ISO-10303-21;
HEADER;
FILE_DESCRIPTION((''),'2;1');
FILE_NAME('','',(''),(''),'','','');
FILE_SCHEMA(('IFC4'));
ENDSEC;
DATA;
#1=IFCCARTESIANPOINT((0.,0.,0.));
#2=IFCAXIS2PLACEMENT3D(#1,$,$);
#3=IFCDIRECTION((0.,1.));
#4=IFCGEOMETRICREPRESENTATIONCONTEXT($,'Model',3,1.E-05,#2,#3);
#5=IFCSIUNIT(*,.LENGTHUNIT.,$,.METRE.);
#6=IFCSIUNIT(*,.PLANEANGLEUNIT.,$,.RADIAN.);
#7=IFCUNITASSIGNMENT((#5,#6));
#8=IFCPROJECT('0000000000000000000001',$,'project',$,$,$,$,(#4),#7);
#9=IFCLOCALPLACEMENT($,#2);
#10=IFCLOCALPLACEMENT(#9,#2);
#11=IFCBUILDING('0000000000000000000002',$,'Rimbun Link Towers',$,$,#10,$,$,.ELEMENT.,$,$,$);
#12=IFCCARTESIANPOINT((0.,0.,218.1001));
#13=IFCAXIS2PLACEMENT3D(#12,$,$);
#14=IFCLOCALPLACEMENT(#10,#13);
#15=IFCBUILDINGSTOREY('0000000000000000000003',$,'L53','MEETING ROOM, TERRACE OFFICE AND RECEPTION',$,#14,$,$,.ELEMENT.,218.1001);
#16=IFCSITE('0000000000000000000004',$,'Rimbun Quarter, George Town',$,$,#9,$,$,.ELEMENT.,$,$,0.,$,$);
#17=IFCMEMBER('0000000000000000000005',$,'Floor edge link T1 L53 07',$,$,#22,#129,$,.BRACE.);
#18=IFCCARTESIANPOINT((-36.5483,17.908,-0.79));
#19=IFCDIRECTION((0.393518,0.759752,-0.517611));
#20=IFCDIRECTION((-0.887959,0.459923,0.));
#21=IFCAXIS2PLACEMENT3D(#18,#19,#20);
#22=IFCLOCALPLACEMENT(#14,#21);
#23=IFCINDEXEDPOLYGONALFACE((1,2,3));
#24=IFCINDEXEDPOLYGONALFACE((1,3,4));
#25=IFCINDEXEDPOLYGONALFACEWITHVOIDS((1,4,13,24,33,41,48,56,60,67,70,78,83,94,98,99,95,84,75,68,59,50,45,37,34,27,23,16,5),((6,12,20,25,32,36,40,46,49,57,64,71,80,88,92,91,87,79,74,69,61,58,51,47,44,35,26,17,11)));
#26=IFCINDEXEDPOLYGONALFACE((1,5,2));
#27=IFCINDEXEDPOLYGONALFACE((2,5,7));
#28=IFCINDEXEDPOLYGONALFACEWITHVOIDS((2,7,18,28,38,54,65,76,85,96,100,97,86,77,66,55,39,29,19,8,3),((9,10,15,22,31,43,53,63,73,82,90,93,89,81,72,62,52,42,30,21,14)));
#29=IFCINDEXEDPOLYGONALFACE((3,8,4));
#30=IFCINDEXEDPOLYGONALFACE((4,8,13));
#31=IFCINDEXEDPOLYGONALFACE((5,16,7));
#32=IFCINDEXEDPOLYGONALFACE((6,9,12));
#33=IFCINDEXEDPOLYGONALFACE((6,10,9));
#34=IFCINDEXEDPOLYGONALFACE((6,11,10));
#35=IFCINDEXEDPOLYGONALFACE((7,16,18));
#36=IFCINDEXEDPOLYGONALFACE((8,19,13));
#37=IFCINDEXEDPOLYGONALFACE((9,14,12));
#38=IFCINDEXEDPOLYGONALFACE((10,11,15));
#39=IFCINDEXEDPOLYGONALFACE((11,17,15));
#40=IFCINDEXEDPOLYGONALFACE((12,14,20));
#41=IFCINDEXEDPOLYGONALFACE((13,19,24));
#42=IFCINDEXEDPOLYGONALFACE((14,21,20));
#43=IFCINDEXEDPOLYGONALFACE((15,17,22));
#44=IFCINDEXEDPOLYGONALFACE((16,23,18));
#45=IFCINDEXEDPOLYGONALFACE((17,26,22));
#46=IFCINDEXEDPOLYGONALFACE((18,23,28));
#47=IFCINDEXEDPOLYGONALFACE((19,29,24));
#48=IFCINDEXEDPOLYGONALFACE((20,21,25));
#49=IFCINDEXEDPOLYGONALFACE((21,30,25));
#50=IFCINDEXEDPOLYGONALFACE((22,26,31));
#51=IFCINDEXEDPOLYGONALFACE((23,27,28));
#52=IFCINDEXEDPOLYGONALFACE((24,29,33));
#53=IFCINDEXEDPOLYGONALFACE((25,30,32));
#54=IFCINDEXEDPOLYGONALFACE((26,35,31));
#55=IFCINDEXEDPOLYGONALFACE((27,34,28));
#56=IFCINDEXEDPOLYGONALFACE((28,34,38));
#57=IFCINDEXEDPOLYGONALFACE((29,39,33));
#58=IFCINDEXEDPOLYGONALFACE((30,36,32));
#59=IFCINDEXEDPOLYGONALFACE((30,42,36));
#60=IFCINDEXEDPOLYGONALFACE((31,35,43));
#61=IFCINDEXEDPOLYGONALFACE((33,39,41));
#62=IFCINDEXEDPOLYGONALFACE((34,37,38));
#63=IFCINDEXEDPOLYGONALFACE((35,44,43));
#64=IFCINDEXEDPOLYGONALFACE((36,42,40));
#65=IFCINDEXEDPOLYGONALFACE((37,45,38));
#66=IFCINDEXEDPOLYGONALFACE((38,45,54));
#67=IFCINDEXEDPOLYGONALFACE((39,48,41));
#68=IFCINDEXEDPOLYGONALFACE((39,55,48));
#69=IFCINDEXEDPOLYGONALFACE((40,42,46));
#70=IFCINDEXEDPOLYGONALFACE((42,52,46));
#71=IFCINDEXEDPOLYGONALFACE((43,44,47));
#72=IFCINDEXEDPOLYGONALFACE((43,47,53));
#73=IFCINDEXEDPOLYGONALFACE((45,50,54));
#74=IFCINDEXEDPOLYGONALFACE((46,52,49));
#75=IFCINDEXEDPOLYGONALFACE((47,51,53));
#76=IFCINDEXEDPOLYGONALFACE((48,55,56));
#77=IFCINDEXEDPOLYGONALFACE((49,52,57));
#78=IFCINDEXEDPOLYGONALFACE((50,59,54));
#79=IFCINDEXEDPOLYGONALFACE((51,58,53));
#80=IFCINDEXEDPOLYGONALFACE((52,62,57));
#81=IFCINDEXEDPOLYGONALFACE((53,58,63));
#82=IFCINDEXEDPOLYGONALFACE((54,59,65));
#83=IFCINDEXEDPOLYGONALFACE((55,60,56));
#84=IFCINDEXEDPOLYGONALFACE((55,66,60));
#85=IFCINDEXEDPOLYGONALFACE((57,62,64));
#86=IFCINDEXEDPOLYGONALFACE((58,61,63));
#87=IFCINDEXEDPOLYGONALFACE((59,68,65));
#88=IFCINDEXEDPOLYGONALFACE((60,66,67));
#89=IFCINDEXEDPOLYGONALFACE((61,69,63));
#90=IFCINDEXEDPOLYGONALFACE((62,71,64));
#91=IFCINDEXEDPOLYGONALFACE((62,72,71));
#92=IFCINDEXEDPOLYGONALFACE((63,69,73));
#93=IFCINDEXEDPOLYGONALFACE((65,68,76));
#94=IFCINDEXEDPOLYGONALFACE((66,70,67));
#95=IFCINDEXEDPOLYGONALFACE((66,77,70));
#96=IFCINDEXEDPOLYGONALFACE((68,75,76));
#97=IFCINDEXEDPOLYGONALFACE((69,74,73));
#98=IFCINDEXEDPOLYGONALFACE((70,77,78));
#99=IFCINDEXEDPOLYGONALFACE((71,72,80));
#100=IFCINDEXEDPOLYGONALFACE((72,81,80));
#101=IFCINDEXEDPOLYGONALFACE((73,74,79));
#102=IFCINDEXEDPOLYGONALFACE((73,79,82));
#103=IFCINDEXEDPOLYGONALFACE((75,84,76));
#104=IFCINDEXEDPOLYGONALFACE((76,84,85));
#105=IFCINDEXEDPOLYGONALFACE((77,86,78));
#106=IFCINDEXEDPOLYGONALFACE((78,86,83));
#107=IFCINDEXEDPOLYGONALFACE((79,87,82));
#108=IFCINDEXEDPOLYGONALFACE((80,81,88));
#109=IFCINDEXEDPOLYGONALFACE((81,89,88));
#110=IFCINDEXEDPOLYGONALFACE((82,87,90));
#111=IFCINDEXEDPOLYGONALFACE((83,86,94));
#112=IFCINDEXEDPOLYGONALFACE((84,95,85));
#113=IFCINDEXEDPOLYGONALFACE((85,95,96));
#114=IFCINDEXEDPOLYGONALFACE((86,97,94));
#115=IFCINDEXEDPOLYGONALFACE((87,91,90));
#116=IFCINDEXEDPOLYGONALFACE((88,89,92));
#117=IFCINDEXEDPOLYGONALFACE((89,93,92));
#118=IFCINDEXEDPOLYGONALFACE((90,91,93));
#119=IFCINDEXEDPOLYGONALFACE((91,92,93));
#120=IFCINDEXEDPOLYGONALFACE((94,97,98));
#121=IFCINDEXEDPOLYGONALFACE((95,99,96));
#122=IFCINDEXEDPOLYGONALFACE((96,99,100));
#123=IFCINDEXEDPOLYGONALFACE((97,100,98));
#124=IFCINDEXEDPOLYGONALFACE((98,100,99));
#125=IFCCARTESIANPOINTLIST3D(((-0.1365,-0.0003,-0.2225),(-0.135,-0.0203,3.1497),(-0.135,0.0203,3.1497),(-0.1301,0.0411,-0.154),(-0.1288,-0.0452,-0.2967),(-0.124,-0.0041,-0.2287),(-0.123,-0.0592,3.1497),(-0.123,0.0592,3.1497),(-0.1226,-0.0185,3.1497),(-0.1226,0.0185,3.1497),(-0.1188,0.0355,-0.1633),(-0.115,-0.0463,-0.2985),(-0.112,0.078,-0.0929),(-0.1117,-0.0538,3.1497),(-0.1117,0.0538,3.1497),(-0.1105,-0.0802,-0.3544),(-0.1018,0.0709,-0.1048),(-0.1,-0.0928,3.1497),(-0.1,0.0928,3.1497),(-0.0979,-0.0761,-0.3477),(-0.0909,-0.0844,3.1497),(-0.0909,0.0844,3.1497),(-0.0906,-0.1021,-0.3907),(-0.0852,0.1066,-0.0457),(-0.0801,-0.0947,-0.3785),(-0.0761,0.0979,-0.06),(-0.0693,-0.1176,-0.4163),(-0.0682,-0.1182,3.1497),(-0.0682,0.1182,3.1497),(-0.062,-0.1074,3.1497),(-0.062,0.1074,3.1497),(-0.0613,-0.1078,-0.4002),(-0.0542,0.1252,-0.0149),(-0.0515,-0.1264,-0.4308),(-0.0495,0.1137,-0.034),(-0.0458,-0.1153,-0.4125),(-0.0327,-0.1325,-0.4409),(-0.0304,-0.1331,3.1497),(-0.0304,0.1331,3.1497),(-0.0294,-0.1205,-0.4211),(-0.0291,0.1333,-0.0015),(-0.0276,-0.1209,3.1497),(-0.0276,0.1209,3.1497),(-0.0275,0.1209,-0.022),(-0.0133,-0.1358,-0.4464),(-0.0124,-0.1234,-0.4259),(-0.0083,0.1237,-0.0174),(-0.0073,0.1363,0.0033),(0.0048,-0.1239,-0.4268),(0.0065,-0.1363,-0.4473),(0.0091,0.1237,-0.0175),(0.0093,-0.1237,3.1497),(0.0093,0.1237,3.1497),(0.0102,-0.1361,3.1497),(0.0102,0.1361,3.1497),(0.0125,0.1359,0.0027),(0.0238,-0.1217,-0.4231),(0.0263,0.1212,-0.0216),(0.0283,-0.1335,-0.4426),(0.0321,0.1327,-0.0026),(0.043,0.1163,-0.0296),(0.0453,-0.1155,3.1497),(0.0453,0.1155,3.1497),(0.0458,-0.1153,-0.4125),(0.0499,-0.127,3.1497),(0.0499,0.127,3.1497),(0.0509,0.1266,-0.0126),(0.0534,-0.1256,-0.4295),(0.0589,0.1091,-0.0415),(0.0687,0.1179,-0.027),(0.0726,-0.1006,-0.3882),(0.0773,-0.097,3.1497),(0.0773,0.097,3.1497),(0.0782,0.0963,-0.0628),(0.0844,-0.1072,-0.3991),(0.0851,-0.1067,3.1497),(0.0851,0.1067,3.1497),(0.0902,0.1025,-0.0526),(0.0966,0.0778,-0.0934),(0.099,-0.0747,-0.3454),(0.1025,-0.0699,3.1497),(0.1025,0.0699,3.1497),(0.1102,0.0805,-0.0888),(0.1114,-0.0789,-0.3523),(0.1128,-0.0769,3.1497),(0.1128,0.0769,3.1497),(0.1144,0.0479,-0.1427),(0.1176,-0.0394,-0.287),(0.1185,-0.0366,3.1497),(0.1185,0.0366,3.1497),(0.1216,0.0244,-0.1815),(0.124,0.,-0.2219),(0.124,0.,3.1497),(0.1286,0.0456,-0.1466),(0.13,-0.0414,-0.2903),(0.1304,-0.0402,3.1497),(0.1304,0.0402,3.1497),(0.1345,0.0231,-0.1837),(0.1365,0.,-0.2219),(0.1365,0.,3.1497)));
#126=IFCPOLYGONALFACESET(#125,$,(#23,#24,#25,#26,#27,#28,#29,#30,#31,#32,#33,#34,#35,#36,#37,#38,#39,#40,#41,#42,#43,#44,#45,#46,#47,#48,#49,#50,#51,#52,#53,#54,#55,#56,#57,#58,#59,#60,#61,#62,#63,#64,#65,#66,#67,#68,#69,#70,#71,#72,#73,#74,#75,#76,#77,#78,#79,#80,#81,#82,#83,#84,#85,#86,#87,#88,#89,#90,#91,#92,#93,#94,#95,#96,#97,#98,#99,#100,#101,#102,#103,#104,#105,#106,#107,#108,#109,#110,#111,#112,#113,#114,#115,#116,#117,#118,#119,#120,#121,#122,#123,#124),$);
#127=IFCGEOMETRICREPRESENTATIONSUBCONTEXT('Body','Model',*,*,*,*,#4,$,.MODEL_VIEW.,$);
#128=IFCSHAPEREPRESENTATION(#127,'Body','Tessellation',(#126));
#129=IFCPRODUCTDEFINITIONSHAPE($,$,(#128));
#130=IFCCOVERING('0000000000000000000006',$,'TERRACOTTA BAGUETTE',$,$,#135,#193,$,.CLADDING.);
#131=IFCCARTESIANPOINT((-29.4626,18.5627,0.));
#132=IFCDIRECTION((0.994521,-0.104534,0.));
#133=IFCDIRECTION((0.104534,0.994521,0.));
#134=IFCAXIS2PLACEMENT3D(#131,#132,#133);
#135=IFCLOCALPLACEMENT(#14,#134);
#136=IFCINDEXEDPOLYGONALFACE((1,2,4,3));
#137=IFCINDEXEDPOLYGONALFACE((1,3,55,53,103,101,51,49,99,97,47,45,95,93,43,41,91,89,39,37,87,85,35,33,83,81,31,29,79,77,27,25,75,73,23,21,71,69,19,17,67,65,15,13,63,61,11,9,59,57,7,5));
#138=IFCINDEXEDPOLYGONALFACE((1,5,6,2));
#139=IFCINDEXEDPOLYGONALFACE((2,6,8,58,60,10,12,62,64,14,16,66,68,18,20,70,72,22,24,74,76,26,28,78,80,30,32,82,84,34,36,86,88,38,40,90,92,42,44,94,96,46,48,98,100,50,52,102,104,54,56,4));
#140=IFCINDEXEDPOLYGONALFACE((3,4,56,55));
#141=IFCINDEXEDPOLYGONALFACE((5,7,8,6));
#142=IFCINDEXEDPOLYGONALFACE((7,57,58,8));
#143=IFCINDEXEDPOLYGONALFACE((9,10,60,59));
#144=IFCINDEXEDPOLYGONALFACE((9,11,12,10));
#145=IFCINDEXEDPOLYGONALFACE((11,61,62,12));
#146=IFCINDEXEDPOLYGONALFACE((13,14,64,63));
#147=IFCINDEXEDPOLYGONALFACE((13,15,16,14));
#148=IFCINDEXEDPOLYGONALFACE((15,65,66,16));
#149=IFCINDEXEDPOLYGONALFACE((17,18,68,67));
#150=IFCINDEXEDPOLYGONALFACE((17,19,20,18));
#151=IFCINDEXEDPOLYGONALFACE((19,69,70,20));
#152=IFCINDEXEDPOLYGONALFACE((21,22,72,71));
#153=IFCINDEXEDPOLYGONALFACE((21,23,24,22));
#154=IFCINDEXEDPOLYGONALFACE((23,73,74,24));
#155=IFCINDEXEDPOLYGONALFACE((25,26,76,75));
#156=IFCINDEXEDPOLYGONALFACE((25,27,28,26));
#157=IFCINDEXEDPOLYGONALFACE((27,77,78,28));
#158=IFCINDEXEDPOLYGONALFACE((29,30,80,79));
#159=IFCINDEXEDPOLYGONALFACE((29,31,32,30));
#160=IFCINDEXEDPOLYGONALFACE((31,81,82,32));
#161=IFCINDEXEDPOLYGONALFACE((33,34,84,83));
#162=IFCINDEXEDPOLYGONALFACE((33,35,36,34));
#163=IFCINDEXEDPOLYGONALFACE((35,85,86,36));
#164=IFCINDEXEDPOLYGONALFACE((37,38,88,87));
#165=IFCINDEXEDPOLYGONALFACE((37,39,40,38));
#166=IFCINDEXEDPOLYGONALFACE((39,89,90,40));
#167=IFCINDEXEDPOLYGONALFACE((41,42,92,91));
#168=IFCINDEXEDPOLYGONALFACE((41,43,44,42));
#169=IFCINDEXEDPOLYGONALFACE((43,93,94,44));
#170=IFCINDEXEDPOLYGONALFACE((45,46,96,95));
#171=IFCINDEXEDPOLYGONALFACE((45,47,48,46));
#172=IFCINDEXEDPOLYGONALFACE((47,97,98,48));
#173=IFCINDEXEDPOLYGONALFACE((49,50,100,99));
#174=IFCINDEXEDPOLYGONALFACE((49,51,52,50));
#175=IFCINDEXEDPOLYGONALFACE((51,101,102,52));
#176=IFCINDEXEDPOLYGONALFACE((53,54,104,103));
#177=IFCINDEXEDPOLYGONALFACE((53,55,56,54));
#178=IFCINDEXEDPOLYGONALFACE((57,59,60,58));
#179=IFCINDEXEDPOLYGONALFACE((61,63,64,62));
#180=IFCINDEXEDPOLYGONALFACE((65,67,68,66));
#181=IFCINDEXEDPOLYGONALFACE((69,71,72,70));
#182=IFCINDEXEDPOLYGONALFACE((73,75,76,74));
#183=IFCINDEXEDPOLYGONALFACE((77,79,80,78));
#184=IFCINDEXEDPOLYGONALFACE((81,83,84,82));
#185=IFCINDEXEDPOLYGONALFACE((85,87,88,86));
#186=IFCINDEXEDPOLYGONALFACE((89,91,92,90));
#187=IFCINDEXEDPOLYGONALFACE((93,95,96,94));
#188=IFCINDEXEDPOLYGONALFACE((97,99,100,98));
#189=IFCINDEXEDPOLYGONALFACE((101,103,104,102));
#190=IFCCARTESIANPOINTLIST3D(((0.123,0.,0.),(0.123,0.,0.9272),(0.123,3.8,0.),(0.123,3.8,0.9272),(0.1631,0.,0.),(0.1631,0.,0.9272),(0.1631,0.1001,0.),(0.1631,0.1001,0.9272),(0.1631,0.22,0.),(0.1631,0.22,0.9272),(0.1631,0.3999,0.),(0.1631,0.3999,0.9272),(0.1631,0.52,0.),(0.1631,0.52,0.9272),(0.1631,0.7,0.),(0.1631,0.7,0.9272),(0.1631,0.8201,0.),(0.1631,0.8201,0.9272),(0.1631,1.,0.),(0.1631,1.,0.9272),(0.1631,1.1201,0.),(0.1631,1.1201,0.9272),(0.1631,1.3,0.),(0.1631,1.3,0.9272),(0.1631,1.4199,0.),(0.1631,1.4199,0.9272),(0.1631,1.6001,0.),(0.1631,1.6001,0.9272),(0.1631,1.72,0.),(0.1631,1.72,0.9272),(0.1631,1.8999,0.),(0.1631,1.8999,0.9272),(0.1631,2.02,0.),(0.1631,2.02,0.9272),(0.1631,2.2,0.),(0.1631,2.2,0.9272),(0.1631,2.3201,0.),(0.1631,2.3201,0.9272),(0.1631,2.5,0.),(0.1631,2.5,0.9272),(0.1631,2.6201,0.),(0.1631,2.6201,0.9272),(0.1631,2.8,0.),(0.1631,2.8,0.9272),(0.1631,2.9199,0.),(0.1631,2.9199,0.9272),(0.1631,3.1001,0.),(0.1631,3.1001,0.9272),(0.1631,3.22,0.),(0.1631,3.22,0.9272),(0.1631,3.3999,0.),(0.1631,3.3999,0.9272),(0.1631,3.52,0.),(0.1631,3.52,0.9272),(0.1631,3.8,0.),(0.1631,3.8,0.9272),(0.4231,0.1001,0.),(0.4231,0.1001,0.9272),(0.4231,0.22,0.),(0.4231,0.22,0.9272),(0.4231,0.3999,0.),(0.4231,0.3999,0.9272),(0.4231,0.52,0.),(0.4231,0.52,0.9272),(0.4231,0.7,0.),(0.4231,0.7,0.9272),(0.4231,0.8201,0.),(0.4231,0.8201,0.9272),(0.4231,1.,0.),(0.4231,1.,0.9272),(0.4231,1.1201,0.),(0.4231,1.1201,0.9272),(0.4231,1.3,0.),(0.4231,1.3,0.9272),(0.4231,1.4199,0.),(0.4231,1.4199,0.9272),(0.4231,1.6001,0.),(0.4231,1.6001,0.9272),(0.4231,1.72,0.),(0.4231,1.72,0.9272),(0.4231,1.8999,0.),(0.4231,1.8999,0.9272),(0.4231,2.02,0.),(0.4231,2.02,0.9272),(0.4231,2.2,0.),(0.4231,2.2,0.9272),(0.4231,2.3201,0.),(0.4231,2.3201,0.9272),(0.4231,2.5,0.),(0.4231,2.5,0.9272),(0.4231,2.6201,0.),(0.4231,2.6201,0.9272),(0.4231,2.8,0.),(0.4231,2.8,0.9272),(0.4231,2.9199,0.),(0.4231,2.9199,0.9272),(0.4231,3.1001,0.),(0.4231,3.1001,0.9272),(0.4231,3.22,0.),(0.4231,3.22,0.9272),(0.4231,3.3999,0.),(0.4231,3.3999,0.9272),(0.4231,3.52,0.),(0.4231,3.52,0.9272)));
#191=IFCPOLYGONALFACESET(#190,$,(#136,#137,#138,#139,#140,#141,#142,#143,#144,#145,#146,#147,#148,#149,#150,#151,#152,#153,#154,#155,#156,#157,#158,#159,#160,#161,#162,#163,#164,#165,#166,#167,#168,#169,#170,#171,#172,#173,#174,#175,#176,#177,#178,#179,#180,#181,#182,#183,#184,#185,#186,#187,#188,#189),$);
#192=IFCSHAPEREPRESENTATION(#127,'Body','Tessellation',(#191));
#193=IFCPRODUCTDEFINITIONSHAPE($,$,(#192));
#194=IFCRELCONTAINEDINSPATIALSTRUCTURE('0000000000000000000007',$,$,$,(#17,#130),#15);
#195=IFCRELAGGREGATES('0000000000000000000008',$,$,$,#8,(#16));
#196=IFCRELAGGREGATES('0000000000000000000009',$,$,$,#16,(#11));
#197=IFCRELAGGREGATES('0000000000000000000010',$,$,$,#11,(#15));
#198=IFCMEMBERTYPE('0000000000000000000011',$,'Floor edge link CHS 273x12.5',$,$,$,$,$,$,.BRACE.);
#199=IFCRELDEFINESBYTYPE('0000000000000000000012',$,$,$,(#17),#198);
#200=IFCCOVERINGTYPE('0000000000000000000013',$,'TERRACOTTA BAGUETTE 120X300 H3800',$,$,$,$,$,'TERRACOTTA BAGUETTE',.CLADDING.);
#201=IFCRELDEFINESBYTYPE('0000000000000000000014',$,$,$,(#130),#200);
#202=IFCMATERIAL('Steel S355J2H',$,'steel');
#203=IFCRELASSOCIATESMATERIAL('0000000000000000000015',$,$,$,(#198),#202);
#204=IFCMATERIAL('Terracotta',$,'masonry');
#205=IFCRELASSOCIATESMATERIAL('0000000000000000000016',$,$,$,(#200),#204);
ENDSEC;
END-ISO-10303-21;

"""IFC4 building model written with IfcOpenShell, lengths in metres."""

from ifc_helpers import new_model, si_unit, direction, frame, origin, origin_2d, place, context, subcontext, project, spatial, polyline, hollow_circle, outline, extrude, clip, halfspace, material, material_profile, profile_set, type_object, element, save


model = new_model("IFC4")

# Units and contexts
model_context = context("Model", 3, precision=1e-05, world=origin(), true_north=direction((0.0, 1.0)))
body_context = subcontext(model_context, "Body", "Model", "MODEL_VIEW")
ifc_project = project(units=[si_unit("LENGTHUNIT", "METRE"), si_unit("PLANEANGLEUNIT", "RADIAN")], contexts=[model_context])

# Site, building, storey
site_placement = place(None, origin())
site = spatial("IfcSite", under=ifc_project, at=site_placement, Name="Rimbun Quarter, George Town", CompositionType="ELEMENT", RefElevation=0.0)
building_placement = place(site_placement, origin())
building = spatial("IfcBuilding", under=site, at=building_placement, Name="Rimbun Link Towers", CompositionType="ELEMENT")
storey_placement = place(building_placement, frame((0.0, 0.0, 218.1001)))
storey = spatial("IfcBuildingStorey", under=building, at=storey_placement, Name="L53", Description="MEETING ROOM, TERRACE OFFICE AND RECEPTION", CompositionType="ELEMENT", Elevation=218.1001)

# Member
ifc_material_1 = material(Name="Steel S355J2H", Category="steel")
ifc_material_profile_1 = material_profile(ifc_material_1, hollow_circle(Radius=0.1365, WallThickness=0.0125, at=origin_2d()), Name="CHS 273x12.5")
ifc_profile_set_1 = profile_set([ifc_material_profile_1], Name="Steel S355J2H")
member_type_1 = type_object("IfcMemberType", Name="Floor edge link CHS 273x12.5", PredefinedType="BRACE", material=ifc_profile_set_1)
member_1_placement = place(storey_placement, frame((-36.5483, 17.908, -0.79), z_axis=(0.393518, 0.759752, -0.517611), x_axis=(-0.887959, 0.459923, 0.0)))
element("IfcMember", 1, at=member_1_placement, inside=storey, type_object=member_type_1, Name="Floor edge link T1 L53 07", PredefinedType="BRACE", context=body_context, shape_type="Clipping", body=[
    clip(extrude(hollow_circle(Radius=0.1365, WallThickness=0.0125, at=origin_2d()), frame((0.0, 0.0, -0.4707)), (0.0, 0.0, 1.0), 3.6204), halfspace(frame((0.0, 0.0, -0.2219), z_axis=(0.0, 0.855616, -0.517611)), False)),
])

# Covering
ifc_material_2 = material(Name="Terracotta", Category="masonry")
ifc_material_profile_2 = material_profile(ifc_material_2, outline(polyline([(0.123, 0.0), (0.1631, 0.0), (0.1631, 0.1001), (0.4231, 0.1001), (0.4231, 0.22), (0.1631, 0.22), (0.1631, 0.3999), (0.4231, 0.3999), (0.4231, 0.52), (0.1631, 0.52), (0.1631, 0.7), (0.4231, 0.7), (0.4231, 0.8201), (0.1631, 0.8201), (0.1631, 1.0), (0.4231, 1.0), (0.4231, 1.1201), (0.1631, 1.1201), (0.1631, 1.3), (0.4231, 1.3), (0.4231, 1.4199), (0.1631, 1.4199), (0.1631, 1.6001), (0.4231, 1.6001), (0.4231, 1.72), (0.1631, 1.72), (0.1631, 1.8999), (0.4231, 1.8999), (0.4231, 2.02), (0.1631, 2.02), (0.1631, 2.2), (0.4231, 2.2), (0.4231, 2.3201), (0.1631, 2.3201), (0.1631, 2.5), (0.4231, 2.5), (0.4231, 2.6201), (0.1631, 2.6201), (0.1631, 2.8), (0.4231, 2.8), (0.4231, 2.9199), (0.1631, 2.9199), (0.1631, 3.1001), (0.4231, 3.1001), (0.4231, 3.22), (0.1631, 3.22), (0.1631, 3.3999), (0.4231, 3.3999), (0.4231, 3.52), (0.1631, 3.52), (0.1631, 3.8), (0.123, 3.8), (0.123, 0.0)])), Name="BAGUETTE 120X300")
ifc_profile_set_2 = profile_set([ifc_material_profile_2], Name="Terracotta")
covering_type = type_object("IfcCoveringType", Name="TERRACOTTA BAGUETTE 120X300 H3800", ElementType="TERRACOTTA BAGUETTE", PredefinedType="CLADDING", material=ifc_profile_set_2)
covering_1_placement = place(storey_placement, frame((-29.4626, 18.5627, 0.0), z_axis=(0.994521, -0.104534, 0.0), x_axis=(0.104534, 0.994521, 0.0)))
element("IfcCovering", 2, at=covering_1_placement, inside=storey, type_object=covering_type, Name="TERRACOTTA BAGUETTE", PredefinedType="CLADDING", context=body_context, shape_type="SweptSolid", body=[
    extrude(outline(polyline([(0.123, 0.0), (0.1631, 0.0), (0.1631, 0.1001), (0.4231, 0.1001), (0.4231, 0.22), (0.1631, 0.22), (0.1631, 0.3999), (0.4231, 0.3999), (0.4231, 0.52), (0.1631, 0.52), (0.1631, 0.7), (0.4231, 0.7), (0.4231, 0.8201), (0.1631, 0.8201), (0.1631, 1.0), (0.4231, 1.0), (0.4231, 1.1201), (0.1631, 1.1201), (0.1631, 1.3), (0.4231, 1.3), (0.4231, 1.4199), (0.1631, 1.4199), (0.1631, 1.6001), (0.4231, 1.6001), (0.4231, 1.72), (0.1631, 1.72), (0.1631, 1.8999), (0.4231, 1.8999), (0.4231, 2.02), (0.1631, 2.02), (0.1631, 2.2), (0.4231, 2.2), (0.4231, 2.3201), (0.1631, 2.3201), (0.1631, 2.5), (0.4231, 2.5), (0.4231, 2.6201), (0.1631, 2.6201), (0.1631, 2.8), (0.4231, 2.8), (0.4231, 2.9199), (0.1631, 2.9199), (0.1631, 3.1001), (0.4231, 3.1001), (0.4231, 3.22), (0.1631, 3.22), (0.1631, 3.3999), (0.4231, 3.3999), (0.4231, 3.52), (0.1631, 3.52), (0.1631, 3.8), (0.123, 3.8), (0.123, 0.0)])), origin(), (0.0, 0.0, 1.0), 0.9272),
])

save(model, "model.ifc")
